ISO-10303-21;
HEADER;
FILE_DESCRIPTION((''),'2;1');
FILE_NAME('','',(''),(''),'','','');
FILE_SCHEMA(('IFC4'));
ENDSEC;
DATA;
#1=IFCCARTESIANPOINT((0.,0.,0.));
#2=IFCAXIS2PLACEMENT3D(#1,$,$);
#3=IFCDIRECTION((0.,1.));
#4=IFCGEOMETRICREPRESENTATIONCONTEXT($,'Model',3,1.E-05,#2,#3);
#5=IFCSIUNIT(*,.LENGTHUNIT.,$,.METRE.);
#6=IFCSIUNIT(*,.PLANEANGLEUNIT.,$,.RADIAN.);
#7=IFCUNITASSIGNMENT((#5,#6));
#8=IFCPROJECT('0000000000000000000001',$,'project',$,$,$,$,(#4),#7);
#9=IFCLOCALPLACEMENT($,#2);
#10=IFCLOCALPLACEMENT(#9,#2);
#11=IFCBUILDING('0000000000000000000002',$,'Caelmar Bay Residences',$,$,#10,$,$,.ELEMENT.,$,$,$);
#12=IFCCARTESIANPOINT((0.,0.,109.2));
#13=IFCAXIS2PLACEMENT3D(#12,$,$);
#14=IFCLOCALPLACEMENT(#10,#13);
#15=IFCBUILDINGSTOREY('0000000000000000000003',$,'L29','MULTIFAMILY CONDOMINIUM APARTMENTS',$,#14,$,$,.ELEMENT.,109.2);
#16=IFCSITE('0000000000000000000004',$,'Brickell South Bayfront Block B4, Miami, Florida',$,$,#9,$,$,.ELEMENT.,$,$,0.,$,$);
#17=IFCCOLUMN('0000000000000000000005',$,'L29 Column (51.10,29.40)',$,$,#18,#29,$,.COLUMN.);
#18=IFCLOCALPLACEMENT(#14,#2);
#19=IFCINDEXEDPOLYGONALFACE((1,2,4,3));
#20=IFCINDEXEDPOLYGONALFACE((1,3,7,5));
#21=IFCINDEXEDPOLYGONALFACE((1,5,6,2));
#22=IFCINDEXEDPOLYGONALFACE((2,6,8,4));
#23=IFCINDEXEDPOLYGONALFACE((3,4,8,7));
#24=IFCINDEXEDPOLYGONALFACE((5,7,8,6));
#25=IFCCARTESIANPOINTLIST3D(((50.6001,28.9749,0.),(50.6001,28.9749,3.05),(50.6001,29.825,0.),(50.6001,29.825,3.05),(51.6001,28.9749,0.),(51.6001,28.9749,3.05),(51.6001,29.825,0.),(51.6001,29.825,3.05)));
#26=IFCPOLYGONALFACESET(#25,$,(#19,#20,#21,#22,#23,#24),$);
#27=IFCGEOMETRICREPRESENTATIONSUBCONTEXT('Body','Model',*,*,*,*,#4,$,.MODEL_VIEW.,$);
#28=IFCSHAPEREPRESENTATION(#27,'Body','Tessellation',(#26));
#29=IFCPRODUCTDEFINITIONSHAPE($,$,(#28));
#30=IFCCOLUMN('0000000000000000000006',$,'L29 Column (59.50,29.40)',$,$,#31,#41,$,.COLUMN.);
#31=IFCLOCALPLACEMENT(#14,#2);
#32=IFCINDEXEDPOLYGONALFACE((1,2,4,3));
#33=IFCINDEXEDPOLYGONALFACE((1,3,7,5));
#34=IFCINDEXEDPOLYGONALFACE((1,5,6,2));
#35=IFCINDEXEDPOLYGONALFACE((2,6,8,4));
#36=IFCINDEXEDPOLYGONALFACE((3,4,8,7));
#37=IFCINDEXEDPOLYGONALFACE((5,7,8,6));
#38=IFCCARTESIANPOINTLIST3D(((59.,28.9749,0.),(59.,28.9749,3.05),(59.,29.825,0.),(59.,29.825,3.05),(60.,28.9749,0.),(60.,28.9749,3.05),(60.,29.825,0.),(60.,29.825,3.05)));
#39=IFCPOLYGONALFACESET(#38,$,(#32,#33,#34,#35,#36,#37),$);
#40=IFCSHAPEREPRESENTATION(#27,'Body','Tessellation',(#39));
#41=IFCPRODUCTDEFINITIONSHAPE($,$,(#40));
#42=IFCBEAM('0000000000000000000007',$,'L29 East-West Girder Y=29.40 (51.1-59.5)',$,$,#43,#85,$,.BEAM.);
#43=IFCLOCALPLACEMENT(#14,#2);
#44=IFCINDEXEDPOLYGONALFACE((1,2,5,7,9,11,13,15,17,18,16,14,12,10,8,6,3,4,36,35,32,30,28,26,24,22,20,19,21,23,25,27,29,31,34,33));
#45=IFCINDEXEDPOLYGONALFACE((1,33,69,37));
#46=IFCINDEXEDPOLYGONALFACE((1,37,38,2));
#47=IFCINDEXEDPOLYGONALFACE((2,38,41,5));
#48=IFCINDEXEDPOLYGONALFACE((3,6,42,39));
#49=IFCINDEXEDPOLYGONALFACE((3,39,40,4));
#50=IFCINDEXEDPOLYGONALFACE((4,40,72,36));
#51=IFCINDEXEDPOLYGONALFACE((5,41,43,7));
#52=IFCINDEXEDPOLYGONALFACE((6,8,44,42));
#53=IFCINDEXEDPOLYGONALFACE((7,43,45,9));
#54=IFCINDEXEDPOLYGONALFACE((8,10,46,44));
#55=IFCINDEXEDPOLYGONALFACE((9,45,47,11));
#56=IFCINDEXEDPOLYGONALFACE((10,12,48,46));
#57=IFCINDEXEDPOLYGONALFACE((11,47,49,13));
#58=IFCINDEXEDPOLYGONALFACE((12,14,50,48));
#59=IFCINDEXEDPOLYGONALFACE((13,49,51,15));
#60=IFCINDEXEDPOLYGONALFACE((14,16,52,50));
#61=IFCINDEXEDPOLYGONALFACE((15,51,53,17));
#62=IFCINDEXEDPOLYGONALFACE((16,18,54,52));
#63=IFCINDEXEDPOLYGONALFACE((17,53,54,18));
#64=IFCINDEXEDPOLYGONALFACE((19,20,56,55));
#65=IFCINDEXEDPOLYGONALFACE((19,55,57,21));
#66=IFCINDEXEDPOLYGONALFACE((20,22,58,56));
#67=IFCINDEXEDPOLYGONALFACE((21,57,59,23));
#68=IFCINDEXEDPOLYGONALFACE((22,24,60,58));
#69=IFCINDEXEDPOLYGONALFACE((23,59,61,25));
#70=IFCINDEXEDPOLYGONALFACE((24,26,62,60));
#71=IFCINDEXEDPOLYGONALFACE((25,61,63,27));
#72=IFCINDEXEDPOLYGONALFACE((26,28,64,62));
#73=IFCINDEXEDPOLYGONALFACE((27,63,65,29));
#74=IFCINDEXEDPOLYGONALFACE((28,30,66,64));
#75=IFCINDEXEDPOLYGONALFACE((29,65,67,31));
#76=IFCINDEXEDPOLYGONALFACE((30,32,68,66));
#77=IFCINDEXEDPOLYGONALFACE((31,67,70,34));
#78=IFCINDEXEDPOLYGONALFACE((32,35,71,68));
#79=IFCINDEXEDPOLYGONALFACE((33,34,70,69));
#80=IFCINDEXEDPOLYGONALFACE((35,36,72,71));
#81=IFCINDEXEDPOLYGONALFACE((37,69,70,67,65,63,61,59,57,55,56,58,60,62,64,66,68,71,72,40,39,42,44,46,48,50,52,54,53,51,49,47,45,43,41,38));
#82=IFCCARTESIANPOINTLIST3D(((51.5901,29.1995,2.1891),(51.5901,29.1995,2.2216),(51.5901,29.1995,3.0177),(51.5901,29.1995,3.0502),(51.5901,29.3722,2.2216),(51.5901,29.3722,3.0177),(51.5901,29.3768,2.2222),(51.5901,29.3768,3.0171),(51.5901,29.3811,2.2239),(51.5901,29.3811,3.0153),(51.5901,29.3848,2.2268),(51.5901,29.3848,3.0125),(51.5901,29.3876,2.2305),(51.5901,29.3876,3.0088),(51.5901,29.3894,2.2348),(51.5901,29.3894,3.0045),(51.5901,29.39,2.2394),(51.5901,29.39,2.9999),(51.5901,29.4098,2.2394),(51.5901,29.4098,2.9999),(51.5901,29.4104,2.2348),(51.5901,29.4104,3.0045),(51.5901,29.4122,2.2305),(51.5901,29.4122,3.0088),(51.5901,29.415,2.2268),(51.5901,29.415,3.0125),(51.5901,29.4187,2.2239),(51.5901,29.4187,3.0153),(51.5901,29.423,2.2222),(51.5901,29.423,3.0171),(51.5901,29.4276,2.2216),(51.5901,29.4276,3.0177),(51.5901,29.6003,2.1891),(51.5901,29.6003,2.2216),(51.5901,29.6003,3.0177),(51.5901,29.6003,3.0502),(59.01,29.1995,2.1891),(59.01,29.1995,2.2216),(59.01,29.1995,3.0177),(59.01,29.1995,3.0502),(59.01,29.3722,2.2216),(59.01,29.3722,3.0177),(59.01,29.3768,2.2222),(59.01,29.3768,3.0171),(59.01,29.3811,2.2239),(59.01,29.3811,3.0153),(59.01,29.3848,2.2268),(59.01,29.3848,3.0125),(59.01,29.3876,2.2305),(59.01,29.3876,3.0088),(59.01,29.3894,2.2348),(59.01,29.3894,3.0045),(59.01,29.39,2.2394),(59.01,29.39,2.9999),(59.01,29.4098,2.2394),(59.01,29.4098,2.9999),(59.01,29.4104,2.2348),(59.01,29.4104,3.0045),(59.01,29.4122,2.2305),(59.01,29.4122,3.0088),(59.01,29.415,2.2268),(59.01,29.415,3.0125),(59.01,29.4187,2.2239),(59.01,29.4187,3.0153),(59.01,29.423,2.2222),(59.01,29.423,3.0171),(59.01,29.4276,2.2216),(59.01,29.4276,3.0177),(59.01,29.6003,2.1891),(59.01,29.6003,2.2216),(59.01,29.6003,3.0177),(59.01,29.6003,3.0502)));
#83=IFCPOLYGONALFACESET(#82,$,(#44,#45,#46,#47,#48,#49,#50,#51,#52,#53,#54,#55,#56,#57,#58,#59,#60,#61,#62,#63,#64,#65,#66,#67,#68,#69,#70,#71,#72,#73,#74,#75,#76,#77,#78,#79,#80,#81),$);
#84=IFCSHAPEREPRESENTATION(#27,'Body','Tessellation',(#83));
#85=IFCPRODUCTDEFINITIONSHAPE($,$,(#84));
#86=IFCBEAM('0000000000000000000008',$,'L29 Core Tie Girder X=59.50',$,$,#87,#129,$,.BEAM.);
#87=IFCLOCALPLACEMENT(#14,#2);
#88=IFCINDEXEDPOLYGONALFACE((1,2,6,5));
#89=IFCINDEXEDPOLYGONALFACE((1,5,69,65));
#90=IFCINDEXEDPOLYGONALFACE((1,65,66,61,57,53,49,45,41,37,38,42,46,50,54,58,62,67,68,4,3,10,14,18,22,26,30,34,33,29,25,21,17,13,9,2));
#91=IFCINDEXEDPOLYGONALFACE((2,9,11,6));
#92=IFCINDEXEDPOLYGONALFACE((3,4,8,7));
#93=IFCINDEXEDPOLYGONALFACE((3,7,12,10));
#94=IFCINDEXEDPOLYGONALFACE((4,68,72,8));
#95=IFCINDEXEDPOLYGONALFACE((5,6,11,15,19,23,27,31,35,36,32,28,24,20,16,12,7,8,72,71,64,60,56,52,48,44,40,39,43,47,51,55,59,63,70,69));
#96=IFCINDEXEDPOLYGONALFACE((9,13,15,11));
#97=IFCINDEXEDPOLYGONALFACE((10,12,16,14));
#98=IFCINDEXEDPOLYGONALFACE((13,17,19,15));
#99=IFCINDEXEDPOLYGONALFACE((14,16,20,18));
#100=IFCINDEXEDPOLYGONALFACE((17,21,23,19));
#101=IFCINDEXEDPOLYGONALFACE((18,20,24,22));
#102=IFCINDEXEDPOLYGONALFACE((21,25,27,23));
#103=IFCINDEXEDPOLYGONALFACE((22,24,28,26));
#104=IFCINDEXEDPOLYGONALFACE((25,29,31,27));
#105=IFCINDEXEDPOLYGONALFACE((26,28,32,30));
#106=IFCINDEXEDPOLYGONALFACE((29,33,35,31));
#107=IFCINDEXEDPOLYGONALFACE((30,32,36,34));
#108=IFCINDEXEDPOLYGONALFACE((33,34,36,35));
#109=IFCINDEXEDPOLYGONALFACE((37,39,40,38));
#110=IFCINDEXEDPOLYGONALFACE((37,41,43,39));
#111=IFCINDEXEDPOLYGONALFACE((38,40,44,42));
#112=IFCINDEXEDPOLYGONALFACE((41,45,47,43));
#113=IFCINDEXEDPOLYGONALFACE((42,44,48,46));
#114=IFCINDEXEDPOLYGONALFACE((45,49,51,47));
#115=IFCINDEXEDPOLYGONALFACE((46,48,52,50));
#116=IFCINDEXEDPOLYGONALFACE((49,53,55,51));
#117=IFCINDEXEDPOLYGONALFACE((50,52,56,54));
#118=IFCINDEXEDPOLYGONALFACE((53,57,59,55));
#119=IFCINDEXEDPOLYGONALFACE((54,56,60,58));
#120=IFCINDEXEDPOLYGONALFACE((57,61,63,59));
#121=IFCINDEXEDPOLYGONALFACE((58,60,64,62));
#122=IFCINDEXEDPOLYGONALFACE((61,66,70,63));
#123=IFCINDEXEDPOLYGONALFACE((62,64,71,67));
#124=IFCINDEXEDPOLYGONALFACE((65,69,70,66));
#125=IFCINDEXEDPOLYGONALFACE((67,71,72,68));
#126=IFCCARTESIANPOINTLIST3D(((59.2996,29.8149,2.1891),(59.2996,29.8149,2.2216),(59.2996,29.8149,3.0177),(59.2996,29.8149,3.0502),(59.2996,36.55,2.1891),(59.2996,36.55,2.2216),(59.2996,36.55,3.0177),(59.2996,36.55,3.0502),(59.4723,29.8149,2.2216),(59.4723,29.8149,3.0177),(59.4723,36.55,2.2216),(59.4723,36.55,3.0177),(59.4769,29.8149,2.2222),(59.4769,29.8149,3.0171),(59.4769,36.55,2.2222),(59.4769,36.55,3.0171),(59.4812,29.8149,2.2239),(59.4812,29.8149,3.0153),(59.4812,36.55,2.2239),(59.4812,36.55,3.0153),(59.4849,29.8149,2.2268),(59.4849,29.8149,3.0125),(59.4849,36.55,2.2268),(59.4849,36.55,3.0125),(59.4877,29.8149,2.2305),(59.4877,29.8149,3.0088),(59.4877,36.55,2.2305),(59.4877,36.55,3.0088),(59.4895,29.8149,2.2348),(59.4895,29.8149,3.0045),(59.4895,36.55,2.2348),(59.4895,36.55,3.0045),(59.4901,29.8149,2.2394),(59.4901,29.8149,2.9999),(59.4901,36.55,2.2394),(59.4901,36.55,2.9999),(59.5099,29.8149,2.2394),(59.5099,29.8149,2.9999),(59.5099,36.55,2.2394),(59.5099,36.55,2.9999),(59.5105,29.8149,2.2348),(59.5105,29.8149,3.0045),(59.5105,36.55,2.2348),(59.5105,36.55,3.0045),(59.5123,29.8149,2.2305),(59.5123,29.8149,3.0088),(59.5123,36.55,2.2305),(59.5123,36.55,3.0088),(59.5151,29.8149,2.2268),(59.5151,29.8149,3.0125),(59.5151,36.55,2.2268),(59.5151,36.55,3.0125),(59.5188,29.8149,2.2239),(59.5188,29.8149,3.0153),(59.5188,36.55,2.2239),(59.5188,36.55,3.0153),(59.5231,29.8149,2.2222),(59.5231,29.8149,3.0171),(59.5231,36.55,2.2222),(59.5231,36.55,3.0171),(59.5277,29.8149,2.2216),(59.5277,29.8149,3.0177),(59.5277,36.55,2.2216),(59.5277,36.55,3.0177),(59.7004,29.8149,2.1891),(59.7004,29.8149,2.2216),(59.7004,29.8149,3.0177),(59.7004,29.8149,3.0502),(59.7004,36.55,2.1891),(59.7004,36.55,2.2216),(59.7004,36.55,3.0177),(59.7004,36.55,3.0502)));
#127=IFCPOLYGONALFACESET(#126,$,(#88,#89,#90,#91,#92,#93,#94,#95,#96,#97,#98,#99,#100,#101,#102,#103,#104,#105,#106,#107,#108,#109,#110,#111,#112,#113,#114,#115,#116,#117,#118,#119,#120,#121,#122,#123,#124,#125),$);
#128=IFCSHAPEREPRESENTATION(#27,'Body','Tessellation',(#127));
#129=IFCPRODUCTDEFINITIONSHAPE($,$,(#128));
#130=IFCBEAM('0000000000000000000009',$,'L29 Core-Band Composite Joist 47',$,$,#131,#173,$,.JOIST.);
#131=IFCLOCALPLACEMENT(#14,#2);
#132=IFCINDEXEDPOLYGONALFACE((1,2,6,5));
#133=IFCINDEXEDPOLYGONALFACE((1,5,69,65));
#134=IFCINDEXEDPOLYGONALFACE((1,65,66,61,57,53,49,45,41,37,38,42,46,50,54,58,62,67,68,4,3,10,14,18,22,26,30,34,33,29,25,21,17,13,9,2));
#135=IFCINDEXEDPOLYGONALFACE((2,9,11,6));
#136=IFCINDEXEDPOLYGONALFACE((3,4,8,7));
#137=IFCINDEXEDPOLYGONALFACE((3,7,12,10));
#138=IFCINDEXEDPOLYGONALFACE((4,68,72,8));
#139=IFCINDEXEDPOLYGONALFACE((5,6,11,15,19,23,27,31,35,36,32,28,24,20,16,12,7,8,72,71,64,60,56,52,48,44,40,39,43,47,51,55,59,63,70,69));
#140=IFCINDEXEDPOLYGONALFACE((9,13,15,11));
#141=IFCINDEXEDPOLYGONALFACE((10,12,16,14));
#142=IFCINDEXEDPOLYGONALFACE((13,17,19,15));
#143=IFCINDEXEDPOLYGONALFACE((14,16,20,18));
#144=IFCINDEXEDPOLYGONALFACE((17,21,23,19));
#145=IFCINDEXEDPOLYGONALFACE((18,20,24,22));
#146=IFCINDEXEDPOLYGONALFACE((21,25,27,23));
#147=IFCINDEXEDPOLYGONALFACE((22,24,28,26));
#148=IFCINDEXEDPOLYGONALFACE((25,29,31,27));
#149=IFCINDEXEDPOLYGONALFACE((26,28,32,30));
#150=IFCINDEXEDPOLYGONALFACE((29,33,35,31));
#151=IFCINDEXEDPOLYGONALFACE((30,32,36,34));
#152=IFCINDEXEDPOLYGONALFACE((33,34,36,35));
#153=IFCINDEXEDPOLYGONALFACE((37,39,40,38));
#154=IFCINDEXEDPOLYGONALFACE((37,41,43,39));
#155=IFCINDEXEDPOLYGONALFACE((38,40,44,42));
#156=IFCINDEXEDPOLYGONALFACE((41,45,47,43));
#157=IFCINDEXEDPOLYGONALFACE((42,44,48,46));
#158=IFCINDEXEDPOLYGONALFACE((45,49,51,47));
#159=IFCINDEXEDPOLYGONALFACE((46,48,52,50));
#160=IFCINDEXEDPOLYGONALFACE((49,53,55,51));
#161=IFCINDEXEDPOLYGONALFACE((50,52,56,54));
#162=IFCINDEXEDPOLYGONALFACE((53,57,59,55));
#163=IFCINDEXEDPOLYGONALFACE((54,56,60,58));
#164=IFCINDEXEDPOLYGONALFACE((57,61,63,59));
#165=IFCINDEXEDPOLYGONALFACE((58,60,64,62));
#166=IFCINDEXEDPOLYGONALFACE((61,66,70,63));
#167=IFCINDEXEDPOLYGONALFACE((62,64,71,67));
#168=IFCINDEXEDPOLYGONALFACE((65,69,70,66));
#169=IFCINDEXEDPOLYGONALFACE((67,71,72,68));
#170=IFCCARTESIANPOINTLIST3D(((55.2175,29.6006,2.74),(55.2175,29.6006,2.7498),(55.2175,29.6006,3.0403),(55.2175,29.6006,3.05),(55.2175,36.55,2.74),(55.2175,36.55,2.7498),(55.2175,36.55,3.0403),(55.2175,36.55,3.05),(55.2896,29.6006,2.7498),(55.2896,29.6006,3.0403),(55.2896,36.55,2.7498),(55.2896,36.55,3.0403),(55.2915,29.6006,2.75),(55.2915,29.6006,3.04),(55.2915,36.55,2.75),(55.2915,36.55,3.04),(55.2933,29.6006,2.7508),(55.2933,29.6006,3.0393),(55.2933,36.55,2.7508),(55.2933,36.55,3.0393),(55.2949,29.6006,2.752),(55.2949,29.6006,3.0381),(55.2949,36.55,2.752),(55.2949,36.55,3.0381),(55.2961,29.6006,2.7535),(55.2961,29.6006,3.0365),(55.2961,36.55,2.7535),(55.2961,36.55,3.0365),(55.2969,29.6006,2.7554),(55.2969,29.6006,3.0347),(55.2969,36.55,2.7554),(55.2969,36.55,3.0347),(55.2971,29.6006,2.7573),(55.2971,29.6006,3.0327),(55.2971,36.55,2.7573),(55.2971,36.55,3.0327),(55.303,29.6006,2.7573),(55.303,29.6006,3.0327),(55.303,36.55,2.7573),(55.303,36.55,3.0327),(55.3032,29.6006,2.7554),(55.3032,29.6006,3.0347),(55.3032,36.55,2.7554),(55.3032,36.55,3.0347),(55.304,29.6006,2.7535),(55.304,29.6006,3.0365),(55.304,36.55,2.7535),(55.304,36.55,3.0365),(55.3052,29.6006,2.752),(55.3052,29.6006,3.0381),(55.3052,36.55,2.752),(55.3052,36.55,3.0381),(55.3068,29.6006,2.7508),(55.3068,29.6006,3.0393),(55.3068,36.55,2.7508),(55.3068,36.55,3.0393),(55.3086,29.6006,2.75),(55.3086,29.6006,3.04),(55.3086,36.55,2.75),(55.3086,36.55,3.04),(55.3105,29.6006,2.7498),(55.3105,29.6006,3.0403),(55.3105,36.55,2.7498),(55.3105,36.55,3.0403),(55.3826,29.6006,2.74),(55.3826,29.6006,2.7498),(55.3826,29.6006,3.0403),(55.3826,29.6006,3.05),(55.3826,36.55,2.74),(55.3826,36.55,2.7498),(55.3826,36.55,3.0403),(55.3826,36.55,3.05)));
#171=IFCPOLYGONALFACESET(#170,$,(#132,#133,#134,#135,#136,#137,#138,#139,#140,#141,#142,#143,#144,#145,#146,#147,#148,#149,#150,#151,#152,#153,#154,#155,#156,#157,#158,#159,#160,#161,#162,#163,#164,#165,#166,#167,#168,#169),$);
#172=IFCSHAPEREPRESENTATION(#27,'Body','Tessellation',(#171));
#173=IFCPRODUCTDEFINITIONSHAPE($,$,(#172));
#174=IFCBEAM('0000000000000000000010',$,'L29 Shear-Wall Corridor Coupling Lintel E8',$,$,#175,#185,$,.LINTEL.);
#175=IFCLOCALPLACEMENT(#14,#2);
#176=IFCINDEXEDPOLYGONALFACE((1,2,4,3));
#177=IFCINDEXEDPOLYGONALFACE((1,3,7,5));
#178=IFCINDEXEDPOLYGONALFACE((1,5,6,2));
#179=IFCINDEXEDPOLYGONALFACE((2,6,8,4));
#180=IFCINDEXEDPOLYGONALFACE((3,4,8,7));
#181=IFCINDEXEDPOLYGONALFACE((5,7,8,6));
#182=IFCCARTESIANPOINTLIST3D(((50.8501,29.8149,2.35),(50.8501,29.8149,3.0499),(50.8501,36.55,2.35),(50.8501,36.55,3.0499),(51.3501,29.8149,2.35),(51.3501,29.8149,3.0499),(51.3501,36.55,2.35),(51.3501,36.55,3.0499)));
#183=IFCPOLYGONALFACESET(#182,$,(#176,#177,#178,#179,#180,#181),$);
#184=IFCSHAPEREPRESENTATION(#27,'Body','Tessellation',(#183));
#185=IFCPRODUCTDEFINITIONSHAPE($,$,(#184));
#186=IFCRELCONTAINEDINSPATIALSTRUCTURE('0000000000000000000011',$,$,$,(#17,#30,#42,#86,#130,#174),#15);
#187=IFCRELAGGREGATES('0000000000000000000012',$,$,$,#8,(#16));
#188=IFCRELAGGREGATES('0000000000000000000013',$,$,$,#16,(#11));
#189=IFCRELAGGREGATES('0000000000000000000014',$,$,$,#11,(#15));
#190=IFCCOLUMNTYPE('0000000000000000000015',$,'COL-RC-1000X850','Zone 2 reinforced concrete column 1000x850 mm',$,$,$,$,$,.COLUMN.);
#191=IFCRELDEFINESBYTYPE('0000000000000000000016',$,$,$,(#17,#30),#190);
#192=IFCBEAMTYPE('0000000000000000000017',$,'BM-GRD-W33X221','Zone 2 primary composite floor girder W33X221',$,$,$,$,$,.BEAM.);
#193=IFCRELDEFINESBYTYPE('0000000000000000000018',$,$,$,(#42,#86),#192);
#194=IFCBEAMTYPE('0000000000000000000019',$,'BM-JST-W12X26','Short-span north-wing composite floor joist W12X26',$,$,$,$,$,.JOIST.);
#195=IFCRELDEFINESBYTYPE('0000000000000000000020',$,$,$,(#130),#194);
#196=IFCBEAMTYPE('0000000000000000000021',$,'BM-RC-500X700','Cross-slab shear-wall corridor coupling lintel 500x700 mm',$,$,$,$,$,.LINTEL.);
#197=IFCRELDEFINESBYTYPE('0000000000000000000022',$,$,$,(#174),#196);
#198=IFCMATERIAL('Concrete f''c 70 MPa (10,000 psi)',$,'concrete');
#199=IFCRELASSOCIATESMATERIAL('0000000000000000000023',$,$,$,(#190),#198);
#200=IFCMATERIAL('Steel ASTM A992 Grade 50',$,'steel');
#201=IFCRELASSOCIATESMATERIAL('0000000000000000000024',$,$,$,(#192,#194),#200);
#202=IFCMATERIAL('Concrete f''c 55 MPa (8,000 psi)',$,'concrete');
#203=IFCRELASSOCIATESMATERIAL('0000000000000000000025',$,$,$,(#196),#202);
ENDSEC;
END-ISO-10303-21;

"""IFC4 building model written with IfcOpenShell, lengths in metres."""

from ifc_helpers import new_model, si_unit, direction, frame, origin, origin_2d, place, context, subcontext, project, spatial, rectangle, i_section, extrude, material, material_profile, profile_set, type_object, element, save


model = new_model("IFC4")

# Units and contexts
model_context = context("Model", 3, precision=1e-05, world=origin(), true_north=direction((0.0, 1.0)))
body_context = subcontext(model_context, "Body", "Model", "MODEL_VIEW")
ifc_project = project(units=[si_unit("LENGTHUNIT", "METRE"), si_unit("PLANEANGLEUNIT", "RADIAN")], contexts=[model_context])

# Site, building, storey
site_placement = place(None, origin())
site = spatial("IfcSite", under=ifc_project, at=site_placement, Name="Brickell South Bayfront Block B4, Miami, Florida", CompositionType="ELEMENT", RefElevation=0.0)
building_placement = place(site_placement, origin())
building = spatial("IfcBuilding", under=site, at=building_placement, Name="Caelmar Bay Residences", CompositionType="ELEMENT")
storey_placement = place(building_placement, frame((0.0, 0.0, 109.2)))
storey = spatial("IfcBuildingStorey", under=building, at=storey_placement, Name="L29", Description="MULTIFAMILY CONDOMINIUM APARTMENTS", CompositionType="ELEMENT", Elevation=109.2)

# Columns
ifc_material_1 = material(Name="Concrete f'c 70 MPa (10,000 psi)", Category="concrete")
ifc_material_profile_1 = material_profile(ifc_material_1, rectangle(XDim=1.0, YDim=0.8501, at=origin_2d()), Name="RC-COL-1000X850")
ifc_profile_set_1 = profile_set([ifc_material_profile_1], Name="Concrete f'c 70 MPa (10,000 psi)")
column_type = type_object("IfcColumnType", Name="COL-RC-1000X850", Description="Zone 2 reinforced concrete column 1000x850 mm", PredefinedType="COLUMN", material=ifc_profile_set_1)
for number, where, z_axis, x_axis, name in (
    (1, (51.1001, 29.3999, 0.0), (0.0, 0.0, 1.0), (1.0, 0.0, 0.0), "L29 Column (51.10,29.40)"),
    (2, (59.5, 29.3999, 0.0), (0.0, 0.0, 1.0), (1.0, 0.0, 0.0), "L29 Column (59.50,29.40)"),
):
    element("IfcColumn", number, at=place(storey_placement, frame(where, z_axis=z_axis, x_axis=x_axis)), inside=storey, type_object=column_type, Name=name, PredefinedType="COLUMN", context=body_context, shape_type="SweptSolid", body=[
        extrude(rectangle(XDim=1.0, YDim=0.8501, at=origin_2d()), origin(), (0.0, 0.0, 1.0), 3.05),
    ])

# Beams
ifc_material_2 = material(Name="Steel ASTM A992 Grade 50", Category="steel")
ifc_material_profile_2 = material_profile(ifc_material_2, i_section(OverallWidth=0.4009, OverallDepth=0.8611, WebThickness=0.0198, FlangeThickness=0.0325, FilletRadius=0.0178, at=origin_2d()), Name="W33X221")
ifc_profile_set_2 = profile_set([ifc_material_profile_2], Name="Steel ASTM A992 Grade 50")
beam_type_1 = type_object("IfcBeamType", Name="BM-GRD-W33X221", Description="Zone 2 primary composite floor girder W33X221", PredefinedType="BEAM", material=ifc_profile_set_2)
beam_1_placement = place(storey_placement, frame((51.5901, 29.3999, 2.6196), z_axis=(1.0, 0.0, 0.0), x_axis=(0.0, 1.0, 0.0)))
element("IfcBeam", 3, at=beam_1_placement, inside=storey, type_object=beam_type_1, Name="L29 East-West Girder Y=29.40 (51.1-59.5)", PredefinedType="BEAM", context=body_context, shape_type="SweptSolid", body=[
    extrude(i_section(OverallWidth=0.4009, OverallDepth=0.8611, WebThickness=0.0198, FlangeThickness=0.0325, FilletRadius=0.0178, at=origin_2d()), origin(), (0.0, 0.0, 1.0), 7.4199),
])
beam_2_placement = place(storey_placement, frame((59.5, 29.8149, 2.6196), z_axis=(0.0, 1.0, 0.0), x_axis=(-1.0, 0.0, 0.0)))
element("IfcBeam", 4, at=beam_2_placement, inside=storey, type_object=beam_type_1, Name="L29 Core Tie Girder X=59.50", PredefinedType="BEAM", context=body_context, shape_type="SweptSolid", body=[
    extrude(i_section(OverallWidth=0.4009, OverallDepth=0.8611, WebThickness=0.0198, FlangeThickness=0.0325, FilletRadius=0.0178, at=origin_2d()), origin(), (0.0, 0.0, 1.0), 6.7351),
])
ifc_material_profile_3 = material_profile(ifc_material_2, i_section(OverallWidth=0.165, OverallDepth=0.3101, WebThickness=0.0059, FlangeThickness=0.0098, FilletRadius=0.0076, at=origin_2d()), Name="W12X26")
ifc_profile_set_3 = profile_set([ifc_material_profile_3], Name="Steel ASTM A992 Grade 50")
beam_type_2 = type_object("IfcBeamType", Name="BM-JST-W12X26", Description="Short-span north-wing composite floor joist W12X26", PredefinedType="JOIST", material=ifc_profile_set_3)
beam_3_placement = place(storey_placement, frame((55.3, 29.6006, 2.895), z_axis=(0.0, 1.0, 0.0), x_axis=(-1.0, 0.0, 0.0)))
element("IfcBeam", 5, at=beam_3_placement, inside=storey, type_object=beam_type_2, Name="L29 Core-Band Composite Joist 47", PredefinedType="JOIST", context=body_context, shape_type="SweptSolid", body=[
    extrude(i_section(OverallWidth=0.165, OverallDepth=0.3101, WebThickness=0.0059, FlangeThickness=0.0098, FilletRadius=0.0076, at=origin_2d()), origin(), (0.0, 0.0, 1.0), 6.9495),
])
ifc_material_3 = material(Name="Concrete f'c 55 MPa (8,000 psi)", Category="concrete")
ifc_material_profile_4 = material_profile(ifc_material_3, rectangle(XDim=0.5, YDim=0.7, at=origin_2d()), Name="RC-BM-500X700")
ifc_profile_set_4 = profile_set([ifc_material_profile_4], Name="Concrete f'c 55 MPa (8,000 psi)")
beam_type_3 = type_object("IfcBeamType", Name="BM-RC-500X700", Description="Cross-slab shear-wall corridor coupling lintel 500x700 mm", PredefinedType="LINTEL", material=ifc_profile_set_4)
beam_4_placement = place(storey_placement, frame((51.1001, 29.8149, 2.7), z_axis=(0.0, 1.0, 0.0), x_axis=(-1.0, 0.0, 0.0)))
element("IfcBeam", 6, at=beam_4_placement, inside=storey, type_object=beam_type_3, Name="L29 Shear-Wall Corridor Coupling Lintel E8", PredefinedType="LINTEL", context=body_context, shape_type="SweptSolid", body=[
    extrude(rectangle(XDim=0.5, YDim=0.7, at=origin_2d()), origin(), (0.0, 0.0, 1.0), 6.7351),
])

save(model, "model.ifc")
